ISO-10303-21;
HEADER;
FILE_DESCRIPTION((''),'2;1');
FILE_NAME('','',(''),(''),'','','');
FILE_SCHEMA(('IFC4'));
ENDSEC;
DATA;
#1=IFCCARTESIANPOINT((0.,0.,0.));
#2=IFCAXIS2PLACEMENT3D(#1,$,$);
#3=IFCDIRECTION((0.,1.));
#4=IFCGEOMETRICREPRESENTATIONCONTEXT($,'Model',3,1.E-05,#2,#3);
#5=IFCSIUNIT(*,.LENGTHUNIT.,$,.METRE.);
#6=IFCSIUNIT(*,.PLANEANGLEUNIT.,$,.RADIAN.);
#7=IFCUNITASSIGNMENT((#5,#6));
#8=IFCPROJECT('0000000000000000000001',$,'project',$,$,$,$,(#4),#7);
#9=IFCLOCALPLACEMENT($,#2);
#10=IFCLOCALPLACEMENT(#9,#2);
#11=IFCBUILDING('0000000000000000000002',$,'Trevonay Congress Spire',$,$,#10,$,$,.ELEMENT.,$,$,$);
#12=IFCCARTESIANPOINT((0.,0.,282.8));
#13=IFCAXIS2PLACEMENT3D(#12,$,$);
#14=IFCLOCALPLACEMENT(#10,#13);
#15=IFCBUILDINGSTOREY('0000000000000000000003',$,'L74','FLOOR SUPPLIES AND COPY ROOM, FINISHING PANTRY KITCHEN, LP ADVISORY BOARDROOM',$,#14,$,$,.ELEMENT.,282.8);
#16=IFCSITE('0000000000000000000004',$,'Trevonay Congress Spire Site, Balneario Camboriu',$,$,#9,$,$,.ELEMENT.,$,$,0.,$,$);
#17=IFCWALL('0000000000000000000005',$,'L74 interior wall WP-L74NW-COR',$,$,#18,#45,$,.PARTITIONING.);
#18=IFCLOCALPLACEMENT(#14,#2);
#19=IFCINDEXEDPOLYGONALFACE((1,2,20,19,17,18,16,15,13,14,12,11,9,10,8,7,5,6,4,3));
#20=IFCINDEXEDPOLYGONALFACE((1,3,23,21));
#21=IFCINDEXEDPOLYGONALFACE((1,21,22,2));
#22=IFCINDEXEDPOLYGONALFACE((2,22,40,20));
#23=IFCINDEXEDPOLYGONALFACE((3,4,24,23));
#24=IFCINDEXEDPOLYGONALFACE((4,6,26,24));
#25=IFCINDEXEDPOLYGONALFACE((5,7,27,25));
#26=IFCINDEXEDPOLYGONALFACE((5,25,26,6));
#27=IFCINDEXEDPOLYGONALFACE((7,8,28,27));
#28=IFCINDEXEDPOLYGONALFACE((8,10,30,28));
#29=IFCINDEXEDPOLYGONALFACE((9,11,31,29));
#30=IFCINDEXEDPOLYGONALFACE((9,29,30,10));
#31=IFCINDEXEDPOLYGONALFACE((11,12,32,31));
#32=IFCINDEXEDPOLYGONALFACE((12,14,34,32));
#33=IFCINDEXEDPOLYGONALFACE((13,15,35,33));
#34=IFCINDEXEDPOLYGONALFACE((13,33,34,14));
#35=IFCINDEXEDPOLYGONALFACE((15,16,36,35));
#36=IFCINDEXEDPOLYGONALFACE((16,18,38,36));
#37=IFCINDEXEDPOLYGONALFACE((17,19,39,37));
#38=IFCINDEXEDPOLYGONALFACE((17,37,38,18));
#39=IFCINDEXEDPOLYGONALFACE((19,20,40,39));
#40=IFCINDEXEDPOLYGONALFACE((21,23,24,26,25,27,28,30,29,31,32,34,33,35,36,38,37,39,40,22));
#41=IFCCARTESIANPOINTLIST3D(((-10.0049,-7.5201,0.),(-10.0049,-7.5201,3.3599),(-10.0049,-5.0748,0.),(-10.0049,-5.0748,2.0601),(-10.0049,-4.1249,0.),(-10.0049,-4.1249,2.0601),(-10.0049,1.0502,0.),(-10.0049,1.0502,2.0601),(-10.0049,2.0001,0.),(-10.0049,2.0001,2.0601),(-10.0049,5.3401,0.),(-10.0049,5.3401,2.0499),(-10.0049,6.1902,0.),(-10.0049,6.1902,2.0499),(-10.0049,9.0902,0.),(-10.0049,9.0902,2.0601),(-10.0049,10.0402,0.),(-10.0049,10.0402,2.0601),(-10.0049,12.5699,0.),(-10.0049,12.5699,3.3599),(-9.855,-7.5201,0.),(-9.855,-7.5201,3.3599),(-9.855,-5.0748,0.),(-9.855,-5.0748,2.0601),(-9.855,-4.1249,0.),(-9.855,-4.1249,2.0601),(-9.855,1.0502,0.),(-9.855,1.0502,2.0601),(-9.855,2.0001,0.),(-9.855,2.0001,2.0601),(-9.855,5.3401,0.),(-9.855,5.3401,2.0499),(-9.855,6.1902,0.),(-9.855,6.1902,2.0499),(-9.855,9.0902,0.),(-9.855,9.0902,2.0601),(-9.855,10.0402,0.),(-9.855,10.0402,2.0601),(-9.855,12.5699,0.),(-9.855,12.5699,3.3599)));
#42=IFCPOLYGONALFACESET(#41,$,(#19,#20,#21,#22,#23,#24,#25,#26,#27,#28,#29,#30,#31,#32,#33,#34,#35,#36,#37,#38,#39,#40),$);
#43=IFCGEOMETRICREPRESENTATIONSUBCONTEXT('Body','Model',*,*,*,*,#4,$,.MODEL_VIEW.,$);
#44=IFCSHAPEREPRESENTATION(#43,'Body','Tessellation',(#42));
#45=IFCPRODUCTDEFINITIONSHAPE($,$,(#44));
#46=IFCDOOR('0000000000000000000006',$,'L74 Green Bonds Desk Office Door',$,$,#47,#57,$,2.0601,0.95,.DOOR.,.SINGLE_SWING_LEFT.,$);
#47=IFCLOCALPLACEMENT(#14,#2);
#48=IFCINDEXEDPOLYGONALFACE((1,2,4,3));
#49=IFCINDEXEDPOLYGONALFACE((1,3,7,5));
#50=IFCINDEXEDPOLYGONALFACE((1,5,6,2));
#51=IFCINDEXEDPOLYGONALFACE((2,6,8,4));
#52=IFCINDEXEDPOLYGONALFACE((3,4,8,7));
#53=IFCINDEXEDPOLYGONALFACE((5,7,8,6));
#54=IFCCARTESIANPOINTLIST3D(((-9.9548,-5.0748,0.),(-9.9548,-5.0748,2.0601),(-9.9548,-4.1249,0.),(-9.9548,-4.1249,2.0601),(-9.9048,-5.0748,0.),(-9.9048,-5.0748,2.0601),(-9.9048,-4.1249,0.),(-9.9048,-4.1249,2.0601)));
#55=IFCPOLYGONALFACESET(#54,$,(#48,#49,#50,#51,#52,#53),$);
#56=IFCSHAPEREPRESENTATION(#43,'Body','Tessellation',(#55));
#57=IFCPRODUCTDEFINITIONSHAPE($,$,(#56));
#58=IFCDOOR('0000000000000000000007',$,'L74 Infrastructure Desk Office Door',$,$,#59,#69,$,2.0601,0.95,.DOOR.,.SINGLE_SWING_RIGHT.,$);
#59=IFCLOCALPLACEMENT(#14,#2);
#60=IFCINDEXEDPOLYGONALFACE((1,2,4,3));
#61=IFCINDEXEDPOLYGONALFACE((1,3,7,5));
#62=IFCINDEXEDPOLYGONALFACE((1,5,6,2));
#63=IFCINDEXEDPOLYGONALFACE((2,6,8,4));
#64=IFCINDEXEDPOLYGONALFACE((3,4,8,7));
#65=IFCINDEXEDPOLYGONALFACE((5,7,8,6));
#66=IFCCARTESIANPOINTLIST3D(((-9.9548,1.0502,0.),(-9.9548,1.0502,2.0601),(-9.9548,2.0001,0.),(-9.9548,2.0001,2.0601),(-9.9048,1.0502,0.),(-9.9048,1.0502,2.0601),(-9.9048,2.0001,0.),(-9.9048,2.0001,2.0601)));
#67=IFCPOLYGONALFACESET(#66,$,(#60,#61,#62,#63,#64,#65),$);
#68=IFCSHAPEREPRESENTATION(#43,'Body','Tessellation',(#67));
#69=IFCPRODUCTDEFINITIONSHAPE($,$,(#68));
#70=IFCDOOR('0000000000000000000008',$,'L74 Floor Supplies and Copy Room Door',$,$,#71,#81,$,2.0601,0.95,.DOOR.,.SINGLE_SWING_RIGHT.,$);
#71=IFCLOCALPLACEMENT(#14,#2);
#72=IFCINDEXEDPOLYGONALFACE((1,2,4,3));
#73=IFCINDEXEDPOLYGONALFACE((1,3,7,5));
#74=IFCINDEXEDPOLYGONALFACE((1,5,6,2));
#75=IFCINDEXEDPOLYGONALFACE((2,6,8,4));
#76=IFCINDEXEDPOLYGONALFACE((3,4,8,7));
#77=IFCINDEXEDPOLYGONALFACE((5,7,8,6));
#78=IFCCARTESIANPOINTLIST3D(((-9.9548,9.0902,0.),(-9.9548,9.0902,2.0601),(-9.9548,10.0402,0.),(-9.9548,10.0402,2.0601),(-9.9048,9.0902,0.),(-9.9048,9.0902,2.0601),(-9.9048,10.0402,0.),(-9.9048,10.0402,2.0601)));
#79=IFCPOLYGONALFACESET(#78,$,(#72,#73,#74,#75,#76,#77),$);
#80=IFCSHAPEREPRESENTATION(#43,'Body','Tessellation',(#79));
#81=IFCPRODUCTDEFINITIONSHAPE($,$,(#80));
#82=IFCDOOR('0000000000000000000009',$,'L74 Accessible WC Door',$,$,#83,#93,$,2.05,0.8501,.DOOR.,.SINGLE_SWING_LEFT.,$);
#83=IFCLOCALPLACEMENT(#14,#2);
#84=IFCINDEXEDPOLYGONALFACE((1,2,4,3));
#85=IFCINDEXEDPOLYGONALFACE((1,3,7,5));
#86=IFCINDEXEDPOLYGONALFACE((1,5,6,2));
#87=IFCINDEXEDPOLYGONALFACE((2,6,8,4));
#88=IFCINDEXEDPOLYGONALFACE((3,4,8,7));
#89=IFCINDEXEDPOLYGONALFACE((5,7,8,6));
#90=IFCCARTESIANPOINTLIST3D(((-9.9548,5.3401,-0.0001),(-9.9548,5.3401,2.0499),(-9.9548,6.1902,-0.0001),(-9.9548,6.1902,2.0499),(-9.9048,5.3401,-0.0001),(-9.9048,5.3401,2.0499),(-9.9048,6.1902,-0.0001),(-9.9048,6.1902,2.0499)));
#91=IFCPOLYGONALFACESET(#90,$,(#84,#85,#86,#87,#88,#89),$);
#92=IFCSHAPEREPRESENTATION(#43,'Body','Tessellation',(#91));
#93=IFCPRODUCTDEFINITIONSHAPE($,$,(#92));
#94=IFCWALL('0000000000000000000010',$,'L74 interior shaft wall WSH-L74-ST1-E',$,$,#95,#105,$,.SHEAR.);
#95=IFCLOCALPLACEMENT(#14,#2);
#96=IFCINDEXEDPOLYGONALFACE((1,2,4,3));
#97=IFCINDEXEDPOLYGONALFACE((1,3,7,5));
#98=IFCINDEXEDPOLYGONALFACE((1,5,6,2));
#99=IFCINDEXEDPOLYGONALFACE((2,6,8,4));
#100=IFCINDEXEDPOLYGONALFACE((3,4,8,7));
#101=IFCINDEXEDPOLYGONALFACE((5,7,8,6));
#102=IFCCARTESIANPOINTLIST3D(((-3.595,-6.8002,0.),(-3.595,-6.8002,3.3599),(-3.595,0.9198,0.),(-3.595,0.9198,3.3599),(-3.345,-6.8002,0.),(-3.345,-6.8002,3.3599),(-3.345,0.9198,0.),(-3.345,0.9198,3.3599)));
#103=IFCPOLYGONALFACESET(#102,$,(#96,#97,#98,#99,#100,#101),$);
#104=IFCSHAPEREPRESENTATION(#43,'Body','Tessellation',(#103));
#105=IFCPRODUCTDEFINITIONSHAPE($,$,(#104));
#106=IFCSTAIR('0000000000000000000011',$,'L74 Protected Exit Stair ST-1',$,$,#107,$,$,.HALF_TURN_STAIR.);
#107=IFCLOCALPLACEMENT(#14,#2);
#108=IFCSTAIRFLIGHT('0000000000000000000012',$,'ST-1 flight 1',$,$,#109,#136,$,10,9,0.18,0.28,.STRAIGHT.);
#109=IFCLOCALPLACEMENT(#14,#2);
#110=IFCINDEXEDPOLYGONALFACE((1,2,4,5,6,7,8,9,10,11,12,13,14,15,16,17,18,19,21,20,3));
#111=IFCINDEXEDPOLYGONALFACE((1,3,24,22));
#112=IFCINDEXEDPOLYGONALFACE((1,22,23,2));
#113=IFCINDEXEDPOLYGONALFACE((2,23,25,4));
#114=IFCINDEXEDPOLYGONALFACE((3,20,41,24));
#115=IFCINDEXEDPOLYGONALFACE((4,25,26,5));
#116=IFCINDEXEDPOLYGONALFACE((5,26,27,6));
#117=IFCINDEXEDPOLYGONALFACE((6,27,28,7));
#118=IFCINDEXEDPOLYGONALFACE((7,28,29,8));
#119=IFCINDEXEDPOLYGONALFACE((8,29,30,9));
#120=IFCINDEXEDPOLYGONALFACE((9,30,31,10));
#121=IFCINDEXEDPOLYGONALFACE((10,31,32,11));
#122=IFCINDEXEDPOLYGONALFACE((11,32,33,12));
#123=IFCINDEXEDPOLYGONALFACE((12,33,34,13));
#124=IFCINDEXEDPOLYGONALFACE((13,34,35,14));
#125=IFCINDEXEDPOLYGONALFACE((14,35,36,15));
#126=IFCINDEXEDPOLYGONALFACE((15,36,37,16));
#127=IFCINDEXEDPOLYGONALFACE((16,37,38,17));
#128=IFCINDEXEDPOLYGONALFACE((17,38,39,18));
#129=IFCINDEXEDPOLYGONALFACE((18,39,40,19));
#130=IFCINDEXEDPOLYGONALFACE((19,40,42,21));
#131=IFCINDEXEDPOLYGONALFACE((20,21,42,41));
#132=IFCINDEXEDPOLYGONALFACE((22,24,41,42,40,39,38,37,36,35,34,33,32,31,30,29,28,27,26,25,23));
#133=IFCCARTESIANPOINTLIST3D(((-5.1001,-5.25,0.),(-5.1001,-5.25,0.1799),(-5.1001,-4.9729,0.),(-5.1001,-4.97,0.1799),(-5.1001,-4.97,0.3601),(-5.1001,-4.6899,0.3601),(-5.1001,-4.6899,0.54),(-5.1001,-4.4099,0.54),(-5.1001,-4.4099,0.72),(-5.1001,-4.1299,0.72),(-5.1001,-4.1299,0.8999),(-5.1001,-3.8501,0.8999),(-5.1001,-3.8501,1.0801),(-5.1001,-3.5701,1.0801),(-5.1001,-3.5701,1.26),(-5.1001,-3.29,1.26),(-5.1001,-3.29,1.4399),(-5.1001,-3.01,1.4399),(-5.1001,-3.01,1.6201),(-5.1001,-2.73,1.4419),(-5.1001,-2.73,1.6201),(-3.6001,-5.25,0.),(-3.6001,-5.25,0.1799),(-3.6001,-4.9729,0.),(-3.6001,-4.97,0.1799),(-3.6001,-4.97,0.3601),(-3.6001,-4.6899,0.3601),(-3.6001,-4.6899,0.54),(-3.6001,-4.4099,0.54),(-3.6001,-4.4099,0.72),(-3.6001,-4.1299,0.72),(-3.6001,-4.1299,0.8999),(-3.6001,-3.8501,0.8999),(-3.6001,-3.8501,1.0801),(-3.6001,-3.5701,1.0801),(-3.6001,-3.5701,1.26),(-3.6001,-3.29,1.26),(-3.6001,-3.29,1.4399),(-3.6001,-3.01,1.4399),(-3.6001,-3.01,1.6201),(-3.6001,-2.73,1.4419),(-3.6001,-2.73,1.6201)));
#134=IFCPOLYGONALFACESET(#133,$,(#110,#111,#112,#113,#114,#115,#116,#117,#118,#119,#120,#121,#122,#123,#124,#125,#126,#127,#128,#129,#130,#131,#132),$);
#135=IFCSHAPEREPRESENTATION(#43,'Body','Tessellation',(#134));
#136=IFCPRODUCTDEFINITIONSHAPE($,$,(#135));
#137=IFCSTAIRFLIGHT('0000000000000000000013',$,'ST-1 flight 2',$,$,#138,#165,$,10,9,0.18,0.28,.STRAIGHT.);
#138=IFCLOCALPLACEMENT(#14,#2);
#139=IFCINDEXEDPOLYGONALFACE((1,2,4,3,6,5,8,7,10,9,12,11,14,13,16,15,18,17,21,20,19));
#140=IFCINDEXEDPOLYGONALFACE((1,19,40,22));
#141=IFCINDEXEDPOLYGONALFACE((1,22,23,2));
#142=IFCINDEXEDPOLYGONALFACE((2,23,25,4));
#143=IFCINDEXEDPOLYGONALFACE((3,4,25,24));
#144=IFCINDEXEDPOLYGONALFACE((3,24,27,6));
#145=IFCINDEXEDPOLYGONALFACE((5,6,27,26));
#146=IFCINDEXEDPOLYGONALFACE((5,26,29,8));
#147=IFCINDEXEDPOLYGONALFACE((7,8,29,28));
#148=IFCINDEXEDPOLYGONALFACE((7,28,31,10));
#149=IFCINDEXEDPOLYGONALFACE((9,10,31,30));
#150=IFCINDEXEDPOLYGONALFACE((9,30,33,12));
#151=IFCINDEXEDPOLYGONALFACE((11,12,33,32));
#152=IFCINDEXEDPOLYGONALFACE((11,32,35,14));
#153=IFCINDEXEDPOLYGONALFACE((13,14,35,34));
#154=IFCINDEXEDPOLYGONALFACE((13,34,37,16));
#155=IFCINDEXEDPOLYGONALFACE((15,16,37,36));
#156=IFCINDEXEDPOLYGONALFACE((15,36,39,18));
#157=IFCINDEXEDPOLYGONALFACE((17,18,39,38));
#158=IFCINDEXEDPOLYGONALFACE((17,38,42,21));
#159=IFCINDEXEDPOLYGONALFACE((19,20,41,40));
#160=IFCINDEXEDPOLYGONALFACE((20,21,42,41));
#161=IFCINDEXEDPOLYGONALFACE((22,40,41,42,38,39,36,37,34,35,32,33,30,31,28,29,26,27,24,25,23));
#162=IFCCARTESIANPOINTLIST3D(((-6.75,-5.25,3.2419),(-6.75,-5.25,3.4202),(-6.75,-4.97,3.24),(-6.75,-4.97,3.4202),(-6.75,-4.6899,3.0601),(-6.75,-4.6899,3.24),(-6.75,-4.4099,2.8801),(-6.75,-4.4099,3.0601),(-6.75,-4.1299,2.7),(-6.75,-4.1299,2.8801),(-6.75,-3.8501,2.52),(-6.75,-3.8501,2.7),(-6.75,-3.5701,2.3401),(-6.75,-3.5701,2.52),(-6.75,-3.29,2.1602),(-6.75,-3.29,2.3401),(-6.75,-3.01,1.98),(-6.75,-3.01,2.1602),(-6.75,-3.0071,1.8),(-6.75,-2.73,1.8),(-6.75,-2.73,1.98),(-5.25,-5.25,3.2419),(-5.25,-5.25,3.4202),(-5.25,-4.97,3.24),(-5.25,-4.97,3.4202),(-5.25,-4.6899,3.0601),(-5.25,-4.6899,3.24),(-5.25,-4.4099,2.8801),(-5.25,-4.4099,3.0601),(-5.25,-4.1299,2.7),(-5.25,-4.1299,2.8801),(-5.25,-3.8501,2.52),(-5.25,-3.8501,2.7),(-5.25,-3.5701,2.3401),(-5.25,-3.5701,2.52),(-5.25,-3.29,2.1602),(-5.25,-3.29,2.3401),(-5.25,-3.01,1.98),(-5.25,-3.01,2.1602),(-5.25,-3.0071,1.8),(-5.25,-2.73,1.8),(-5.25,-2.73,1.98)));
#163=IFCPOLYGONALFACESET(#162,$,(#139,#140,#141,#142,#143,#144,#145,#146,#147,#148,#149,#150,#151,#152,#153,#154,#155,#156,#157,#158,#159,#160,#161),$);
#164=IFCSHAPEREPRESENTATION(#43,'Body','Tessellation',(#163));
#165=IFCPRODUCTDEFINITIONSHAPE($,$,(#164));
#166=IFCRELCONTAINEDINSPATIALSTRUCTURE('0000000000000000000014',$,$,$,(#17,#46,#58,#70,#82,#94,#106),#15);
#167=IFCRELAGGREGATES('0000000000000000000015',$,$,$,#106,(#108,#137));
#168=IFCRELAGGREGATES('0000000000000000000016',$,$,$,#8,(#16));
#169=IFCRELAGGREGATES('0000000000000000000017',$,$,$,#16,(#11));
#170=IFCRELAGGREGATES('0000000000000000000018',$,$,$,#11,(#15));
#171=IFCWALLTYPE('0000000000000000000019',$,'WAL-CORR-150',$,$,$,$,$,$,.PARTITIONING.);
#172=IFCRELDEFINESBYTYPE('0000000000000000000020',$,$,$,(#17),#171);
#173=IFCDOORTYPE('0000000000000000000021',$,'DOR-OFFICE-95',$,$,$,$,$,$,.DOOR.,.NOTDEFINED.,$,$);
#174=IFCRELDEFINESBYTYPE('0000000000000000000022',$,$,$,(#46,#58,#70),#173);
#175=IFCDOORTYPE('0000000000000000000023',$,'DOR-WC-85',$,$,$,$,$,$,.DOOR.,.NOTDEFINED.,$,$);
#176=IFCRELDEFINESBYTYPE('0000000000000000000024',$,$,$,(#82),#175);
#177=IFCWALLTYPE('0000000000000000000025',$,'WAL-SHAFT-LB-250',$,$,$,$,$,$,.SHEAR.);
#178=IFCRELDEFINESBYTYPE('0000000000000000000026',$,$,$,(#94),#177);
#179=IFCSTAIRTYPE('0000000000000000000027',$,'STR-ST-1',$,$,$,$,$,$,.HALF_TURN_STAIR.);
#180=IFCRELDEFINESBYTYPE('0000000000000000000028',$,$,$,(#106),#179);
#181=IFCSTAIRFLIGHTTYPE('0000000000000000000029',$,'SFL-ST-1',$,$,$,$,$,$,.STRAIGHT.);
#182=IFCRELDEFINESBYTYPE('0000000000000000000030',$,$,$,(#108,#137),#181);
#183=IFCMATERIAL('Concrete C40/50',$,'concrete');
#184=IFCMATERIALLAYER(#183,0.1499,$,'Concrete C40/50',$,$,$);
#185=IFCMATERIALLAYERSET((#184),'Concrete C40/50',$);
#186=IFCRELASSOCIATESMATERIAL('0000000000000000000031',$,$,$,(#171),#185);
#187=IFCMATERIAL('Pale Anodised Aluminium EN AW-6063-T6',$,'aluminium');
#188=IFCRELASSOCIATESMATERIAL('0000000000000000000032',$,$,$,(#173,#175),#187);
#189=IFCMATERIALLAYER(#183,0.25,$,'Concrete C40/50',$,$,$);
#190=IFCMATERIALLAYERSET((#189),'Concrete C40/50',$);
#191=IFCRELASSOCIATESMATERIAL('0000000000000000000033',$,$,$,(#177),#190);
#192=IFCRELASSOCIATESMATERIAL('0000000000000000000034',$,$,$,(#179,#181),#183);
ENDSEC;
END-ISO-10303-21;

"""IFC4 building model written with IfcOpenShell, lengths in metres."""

from ifc_helpers import new_model, si_unit, direction, frame, frame_2d, origin, place, context, subcontext, project, spatial, polyline, rectangle, outline, extrude, material, layer, layer_set, type_object, element, fill, aggregate, save


model = new_model("IFC4")

# Units and contexts
model_context = context("Model", 3, precision=1e-05, world=origin(), true_north=direction((0.0, 1.0)))
body_context = subcontext(model_context, "Body", "Model", "MODEL_VIEW")
ifc_project = project(units=[si_unit("LENGTHUNIT", "METRE"), si_unit("PLANEANGLEUNIT", "RADIAN")], contexts=[model_context])

# Site, building, storey
site_placement = place(None, origin())
site = spatial("IfcSite", under=ifc_project, at=site_placement, Name="Trevonay Congress Spire Site, Balneario Camboriu", CompositionType="ELEMENT", RefElevation=0.0)
building_placement = place(site_placement, origin())
building = spatial("IfcBuilding", under=site, at=building_placement, Name="Trevonay Congress Spire", CompositionType="ELEMENT")
storey_placement = place(building_placement, frame((0.0, 0.0, 282.8)))
storey = spatial("IfcBuildingStorey", under=building, at=storey_placement, Name="L74", Description="FLOOR SUPPLIES AND COPY ROOM, FINISHING PANTRY KITCHEN, LP ADVISORY BOARDROOM", CompositionType="ELEMENT", Elevation=282.8)

# Wall, openings, doors
ifc_material_1 = material(Name="Concrete C40/50", Category="concrete")
ifc_layer_1 = layer(ifc_material_1, 0.1499, Name="Concrete C40/50")
ifc_layer_set_1 = layer_set([ifc_layer_1], Name="Concrete C40/50")
wall_type_1 = type_object("IfcWallType", Name="WAL-CORR-150", PredefinedType="PARTITIONING", material=ifc_layer_set_1)
wall_1_placement = place(storey_placement, frame((-9.9299, -7.52, 0.0), z_axis=(0.0, 0.0, 1.0), x_axis=(0.0, 1.0, 0.0)))
wall_1 = element("IfcWall", 1, at=wall_1_placement, inside=storey, type_object=wall_type_1, Name="L74 interior wall WP-L74NW-COR", PredefinedType="PARTITIONING", context=body_context, shape_type="SweptSolid", body=[
    extrude(rectangle(XDim=20.0901, YDim=0.1499, at=frame_2d((10.0449, 0.0))), origin(), (0.0, 0.0, 1.0), 3.3599),
])
opening_1_placement = place(wall_1_placement, frame((2.4451, 0.0, 0.0)))
opening_1 = element("IfcOpeningElement", 2, at=opening_1_placement, cuts=wall_1, PredefinedType="OPENING", context=body_context, shape_type="SweptSolid", body=[
    extrude(rectangle(XDim=0.95, YDim=2.0601, at=frame_2d((0.4751, 1.03))), frame((0.0, 0.085, 0.0), z_axis=(0.0, -1.0, 0.0), x_axis=(1.0, 0.0, 0.0)), (0.0, 0.0, 1.0), 0.1699),
])
opening_2_placement = place(wall_1_placement, frame((8.5701, 0.0, 0.0)))
opening_2 = element("IfcOpeningElement", 3, at=opening_2_placement, cuts=wall_1, PredefinedType="OPENING", context=body_context, shape_type="SweptSolid", body=[
    extrude(rectangle(XDim=0.95, YDim=2.0601, at=frame_2d((0.4751, 1.03))), frame((0.0, 0.085, 0.0), z_axis=(0.0, -1.0, 0.0), x_axis=(1.0, 0.0, 0.0)), (0.0, 0.0, 1.0), 0.1699),
])
opening_3_placement = place(wall_1_placement, frame((12.8601, 0.0, 0.0)))
opening_3 = element("IfcOpeningElement", 4, at=opening_3_placement, cuts=wall_1, PredefinedType="OPENING", context=body_context, shape_type="SweptSolid", body=[
    extrude(rectangle(XDim=0.8501, YDim=2.05, at=frame_2d((0.425, 1.0249))), frame((0.0, 0.085, 0.0), z_axis=(0.0, -1.0, 0.0), x_axis=(1.0, 0.0, 0.0)), (0.0, 0.0, 1.0), 0.1699),
])
opening_4_placement = place(wall_1_placement, frame((16.6101, 0.0, 0.0)))
opening_4 = element("IfcOpeningElement", 5, at=opening_4_placement, cuts=wall_1, PredefinedType="OPENING", context=body_context, shape_type="SweptSolid", body=[
    extrude(rectangle(XDim=0.95, YDim=2.0601, at=frame_2d((0.4751, 1.03))), frame((0.0, 0.085, 0.0), z_axis=(0.0, -1.0, 0.0), x_axis=(1.0, 0.0, 0.0)), (0.0, 0.0, 1.0), 0.1699),
])
ifc_material_2 = material(Name="Pale Anodised Aluminium EN AW-6063-T6", Category="aluminium")
door_type_1 = type_object("IfcDoorType", Name="DOR-OFFICE-95", OperationType="NOTDEFINED", PredefinedType="DOOR", material=ifc_material_2)
door_1_placement = place(opening_1_placement, origin())
door_1 = element("IfcDoor", 6, at=door_1_placement, inside=storey, type_object=door_type_1, Name="L74 Green Bonds Desk Office Door", OperationType="SINGLE_SWING_LEFT", OverallHeight=2.0601, OverallWidth=0.95, PredefinedType="DOOR", context=body_context, shape_type="SweptSolid", body=[
    extrude(rectangle(XDim=0.95, YDim=2.0601, at=frame_2d((0.4751, 1.03))), frame((0.0, 0.0249, 0.0), z_axis=(0.0, -1.0, 0.0), x_axis=(1.0, 0.0, 0.0)), (0.0, 0.0, 1.0), 0.05),
])
fill(opening_1, door_1)
door_2_placement = place(opening_2_placement, origin())
door_2 = element("IfcDoor", 7, at=door_2_placement, inside=storey, type_object=door_type_1, Name="L74 Infrastructure Desk Office Door", OperationType="SINGLE_SWING_RIGHT", OverallHeight=2.0601, OverallWidth=0.95, PredefinedType="DOOR", context=body_context, shape_type="SweptSolid", body=[
    extrude(rectangle(XDim=0.95, YDim=2.0601, at=frame_2d((0.4751, 1.03))), frame((0.0, 0.0249, 0.0), z_axis=(0.0, -1.0, 0.0), x_axis=(1.0, 0.0, 0.0)), (0.0, 0.0, 1.0), 0.05),
])
fill(opening_2, door_2)
door_3_placement = place(opening_4_placement, origin())
door_3 = element("IfcDoor", 8, at=door_3_placement, inside=storey, type_object=door_type_1, Name="L74 Floor Supplies and Copy Room Door", OperationType="SINGLE_SWING_RIGHT", OverallHeight=2.0601, OverallWidth=0.95, PredefinedType="DOOR", context=body_context, shape_type="SweptSolid", body=[
    extrude(rectangle(XDim=0.95, YDim=2.0601, at=frame_2d((0.4751, 1.03))), frame((0.0, 0.0249, 0.0), z_axis=(0.0, -1.0, 0.0), x_axis=(1.0, 0.0, 0.0)), (0.0, 0.0, 1.0), 0.05),
])
fill(opening_4, door_3)
door_type_2 = type_object("IfcDoorType", Name="DOR-WC-85", OperationType="NOTDEFINED", PredefinedType="DOOR", material=ifc_material_2)
door_4_placement = place(opening_3_placement, origin())
door_4 = element("IfcDoor", 9, at=door_4_placement, inside=storey, type_object=door_type_2, Name="L74 Accessible WC Door", OperationType="SINGLE_SWING_LEFT", OverallHeight=2.05, OverallWidth=0.8501, PredefinedType="DOOR", context=body_context, shape_type="SweptSolid", body=[
    extrude(rectangle(XDim=0.8501, YDim=2.05, at=frame_2d((0.425, 1.0249))), frame((0.0, 0.0249, 0.0), z_axis=(0.0, -1.0, 0.0), x_axis=(1.0, 0.0, 0.0)), (0.0, 0.0, 1.0), 0.05),
])
fill(opening_3, door_4)

# Wall
ifc_layer_2 = layer(ifc_material_1, 0.25, Name="Concrete C40/50")
ifc_layer_set_2 = layer_set([ifc_layer_2], Name="Concrete C40/50")
wall_type_2 = type_object("IfcWallType", Name="WAL-SHAFT-LB-250", PredefinedType="SHEAR", material=ifc_layer_set_2)
wall_2_placement = place(storey_placement, frame((-3.47, -6.8, 0.0), z_axis=(0.0, 0.0, 1.0), x_axis=(0.0, 1.0, 0.0)))
element("IfcWall", 10, at=wall_2_placement, inside=storey, type_object=wall_type_2, Name="L74 interior shaft wall WSH-L74-ST1-E", PredefinedType="SHEAR", context=body_context, shape_type="SweptSolid", body=[
    extrude(rectangle(XDim=7.72, YDim=0.25, at=frame_2d((3.8599, 0.0))), origin(), (0.0, 0.0, 1.0), 3.3599),
])

# Stair, stair flights
stair_type = type_object("IfcStairType", Name="STR-ST-1", PredefinedType="HALF_TURN_STAIR", material=ifc_material_1)
stair_placement = place(storey_placement, origin())
stair = element("IfcStair", 11, at=stair_placement, inside=storey, type_object=stair_type, Name="L74 Protected Exit Stair ST-1", PredefinedType="HALF_TURN_STAIR")
stair_flight_type = type_object("IfcStairFlightType", Name="SFL-ST-1", PredefinedType="STRAIGHT", material=ifc_material_1)
stair_flight_1_placement = place(storey_placement, frame((-4.3501, -5.25, 0.0), z_axis=(0.0, 0.0, 1.0), x_axis=(0.0, 1.0, 0.0)))
stair_flight_1 = element("IfcStairFlight", 12, at=stair_flight_1_placement, type_object=stair_flight_type, Name="ST-1 flight 1", NumberOfRisers=10, NumberOfTreads=9, PredefinedType="STRAIGHT", RiserHeight=0.18, TreadLength=0.28, context=body_context, shape_type="SweptSolid", body=[
    extrude(outline(polyline([(0.0, 0.0), (0.0, 0.1799), (0.28, 0.1799), (0.28, 0.3601), (0.5601, 0.3601), (0.5601, 0.54), (0.8401, 0.54), (0.8401, 0.72), (1.1201, 0.72), (1.1201, 0.8999), (1.3999, 0.8999), (1.3999, 1.0801), (1.6799, 1.0801), (1.6799, 1.26), (1.96, 1.26), (1.96, 1.4399), (2.24, 1.4399), (2.24, 1.6201), (2.52, 1.6201), (2.52, 1.8), (2.52, 1.4419), (0.2771, 0.0), (0.0, 0.0)])), frame((0.0, 0.75, 0.0), z_axis=(0.0, -1.0, 0.0), x_axis=(1.0, 0.0, 0.0)), (0.0, 0.0, 1.0), 1.5),
])
stair_flight_2_placement = place(storey_placement, frame((-6.0, -2.73, 1.8), z_axis=(0.0, 0.0, 1.0), x_axis=(0.0, -1.0, 0.0)))
stair_flight_2 = element("IfcStairFlight", 13, at=stair_flight_2_placement, type_object=stair_flight_type, Name="ST-1 flight 2", NumberOfRisers=10, NumberOfTreads=9, PredefinedType="STRAIGHT", RiserHeight=0.18, TreadLength=0.28, context=body_context, shape_type="SweptSolid", body=[
    extrude(outline(polyline([(0.0, 0.0), (0.0, 0.1799), (0.28, 0.1799), (0.28, 0.3601), (0.5601, 0.3601), (0.5601, 0.54), (0.8401, 0.54), (0.8401, 0.72), (1.1201, 0.72), (1.1201, 0.8999), (1.3999, 0.8999), (1.3999, 1.0801), (1.6799, 1.0801), (1.6799, 1.26), (1.96, 1.26), (1.96, 1.4399), (2.24, 1.4399), (2.24, 1.6201), (2.52, 1.6201), (2.52, 1.8), (2.52, 1.4419), (0.2771, 0.0), (0.0, 0.0)])), frame((0.0, 0.75, 0.0), z_axis=(0.0, -1.0, 0.0), x_axis=(1.0, 0.0, 0.0)), (0.0, 0.0, 1.0), 1.5),
])
aggregate(stair, [stair_flight_1, stair_flight_2])

save(model, "model.ifc")
